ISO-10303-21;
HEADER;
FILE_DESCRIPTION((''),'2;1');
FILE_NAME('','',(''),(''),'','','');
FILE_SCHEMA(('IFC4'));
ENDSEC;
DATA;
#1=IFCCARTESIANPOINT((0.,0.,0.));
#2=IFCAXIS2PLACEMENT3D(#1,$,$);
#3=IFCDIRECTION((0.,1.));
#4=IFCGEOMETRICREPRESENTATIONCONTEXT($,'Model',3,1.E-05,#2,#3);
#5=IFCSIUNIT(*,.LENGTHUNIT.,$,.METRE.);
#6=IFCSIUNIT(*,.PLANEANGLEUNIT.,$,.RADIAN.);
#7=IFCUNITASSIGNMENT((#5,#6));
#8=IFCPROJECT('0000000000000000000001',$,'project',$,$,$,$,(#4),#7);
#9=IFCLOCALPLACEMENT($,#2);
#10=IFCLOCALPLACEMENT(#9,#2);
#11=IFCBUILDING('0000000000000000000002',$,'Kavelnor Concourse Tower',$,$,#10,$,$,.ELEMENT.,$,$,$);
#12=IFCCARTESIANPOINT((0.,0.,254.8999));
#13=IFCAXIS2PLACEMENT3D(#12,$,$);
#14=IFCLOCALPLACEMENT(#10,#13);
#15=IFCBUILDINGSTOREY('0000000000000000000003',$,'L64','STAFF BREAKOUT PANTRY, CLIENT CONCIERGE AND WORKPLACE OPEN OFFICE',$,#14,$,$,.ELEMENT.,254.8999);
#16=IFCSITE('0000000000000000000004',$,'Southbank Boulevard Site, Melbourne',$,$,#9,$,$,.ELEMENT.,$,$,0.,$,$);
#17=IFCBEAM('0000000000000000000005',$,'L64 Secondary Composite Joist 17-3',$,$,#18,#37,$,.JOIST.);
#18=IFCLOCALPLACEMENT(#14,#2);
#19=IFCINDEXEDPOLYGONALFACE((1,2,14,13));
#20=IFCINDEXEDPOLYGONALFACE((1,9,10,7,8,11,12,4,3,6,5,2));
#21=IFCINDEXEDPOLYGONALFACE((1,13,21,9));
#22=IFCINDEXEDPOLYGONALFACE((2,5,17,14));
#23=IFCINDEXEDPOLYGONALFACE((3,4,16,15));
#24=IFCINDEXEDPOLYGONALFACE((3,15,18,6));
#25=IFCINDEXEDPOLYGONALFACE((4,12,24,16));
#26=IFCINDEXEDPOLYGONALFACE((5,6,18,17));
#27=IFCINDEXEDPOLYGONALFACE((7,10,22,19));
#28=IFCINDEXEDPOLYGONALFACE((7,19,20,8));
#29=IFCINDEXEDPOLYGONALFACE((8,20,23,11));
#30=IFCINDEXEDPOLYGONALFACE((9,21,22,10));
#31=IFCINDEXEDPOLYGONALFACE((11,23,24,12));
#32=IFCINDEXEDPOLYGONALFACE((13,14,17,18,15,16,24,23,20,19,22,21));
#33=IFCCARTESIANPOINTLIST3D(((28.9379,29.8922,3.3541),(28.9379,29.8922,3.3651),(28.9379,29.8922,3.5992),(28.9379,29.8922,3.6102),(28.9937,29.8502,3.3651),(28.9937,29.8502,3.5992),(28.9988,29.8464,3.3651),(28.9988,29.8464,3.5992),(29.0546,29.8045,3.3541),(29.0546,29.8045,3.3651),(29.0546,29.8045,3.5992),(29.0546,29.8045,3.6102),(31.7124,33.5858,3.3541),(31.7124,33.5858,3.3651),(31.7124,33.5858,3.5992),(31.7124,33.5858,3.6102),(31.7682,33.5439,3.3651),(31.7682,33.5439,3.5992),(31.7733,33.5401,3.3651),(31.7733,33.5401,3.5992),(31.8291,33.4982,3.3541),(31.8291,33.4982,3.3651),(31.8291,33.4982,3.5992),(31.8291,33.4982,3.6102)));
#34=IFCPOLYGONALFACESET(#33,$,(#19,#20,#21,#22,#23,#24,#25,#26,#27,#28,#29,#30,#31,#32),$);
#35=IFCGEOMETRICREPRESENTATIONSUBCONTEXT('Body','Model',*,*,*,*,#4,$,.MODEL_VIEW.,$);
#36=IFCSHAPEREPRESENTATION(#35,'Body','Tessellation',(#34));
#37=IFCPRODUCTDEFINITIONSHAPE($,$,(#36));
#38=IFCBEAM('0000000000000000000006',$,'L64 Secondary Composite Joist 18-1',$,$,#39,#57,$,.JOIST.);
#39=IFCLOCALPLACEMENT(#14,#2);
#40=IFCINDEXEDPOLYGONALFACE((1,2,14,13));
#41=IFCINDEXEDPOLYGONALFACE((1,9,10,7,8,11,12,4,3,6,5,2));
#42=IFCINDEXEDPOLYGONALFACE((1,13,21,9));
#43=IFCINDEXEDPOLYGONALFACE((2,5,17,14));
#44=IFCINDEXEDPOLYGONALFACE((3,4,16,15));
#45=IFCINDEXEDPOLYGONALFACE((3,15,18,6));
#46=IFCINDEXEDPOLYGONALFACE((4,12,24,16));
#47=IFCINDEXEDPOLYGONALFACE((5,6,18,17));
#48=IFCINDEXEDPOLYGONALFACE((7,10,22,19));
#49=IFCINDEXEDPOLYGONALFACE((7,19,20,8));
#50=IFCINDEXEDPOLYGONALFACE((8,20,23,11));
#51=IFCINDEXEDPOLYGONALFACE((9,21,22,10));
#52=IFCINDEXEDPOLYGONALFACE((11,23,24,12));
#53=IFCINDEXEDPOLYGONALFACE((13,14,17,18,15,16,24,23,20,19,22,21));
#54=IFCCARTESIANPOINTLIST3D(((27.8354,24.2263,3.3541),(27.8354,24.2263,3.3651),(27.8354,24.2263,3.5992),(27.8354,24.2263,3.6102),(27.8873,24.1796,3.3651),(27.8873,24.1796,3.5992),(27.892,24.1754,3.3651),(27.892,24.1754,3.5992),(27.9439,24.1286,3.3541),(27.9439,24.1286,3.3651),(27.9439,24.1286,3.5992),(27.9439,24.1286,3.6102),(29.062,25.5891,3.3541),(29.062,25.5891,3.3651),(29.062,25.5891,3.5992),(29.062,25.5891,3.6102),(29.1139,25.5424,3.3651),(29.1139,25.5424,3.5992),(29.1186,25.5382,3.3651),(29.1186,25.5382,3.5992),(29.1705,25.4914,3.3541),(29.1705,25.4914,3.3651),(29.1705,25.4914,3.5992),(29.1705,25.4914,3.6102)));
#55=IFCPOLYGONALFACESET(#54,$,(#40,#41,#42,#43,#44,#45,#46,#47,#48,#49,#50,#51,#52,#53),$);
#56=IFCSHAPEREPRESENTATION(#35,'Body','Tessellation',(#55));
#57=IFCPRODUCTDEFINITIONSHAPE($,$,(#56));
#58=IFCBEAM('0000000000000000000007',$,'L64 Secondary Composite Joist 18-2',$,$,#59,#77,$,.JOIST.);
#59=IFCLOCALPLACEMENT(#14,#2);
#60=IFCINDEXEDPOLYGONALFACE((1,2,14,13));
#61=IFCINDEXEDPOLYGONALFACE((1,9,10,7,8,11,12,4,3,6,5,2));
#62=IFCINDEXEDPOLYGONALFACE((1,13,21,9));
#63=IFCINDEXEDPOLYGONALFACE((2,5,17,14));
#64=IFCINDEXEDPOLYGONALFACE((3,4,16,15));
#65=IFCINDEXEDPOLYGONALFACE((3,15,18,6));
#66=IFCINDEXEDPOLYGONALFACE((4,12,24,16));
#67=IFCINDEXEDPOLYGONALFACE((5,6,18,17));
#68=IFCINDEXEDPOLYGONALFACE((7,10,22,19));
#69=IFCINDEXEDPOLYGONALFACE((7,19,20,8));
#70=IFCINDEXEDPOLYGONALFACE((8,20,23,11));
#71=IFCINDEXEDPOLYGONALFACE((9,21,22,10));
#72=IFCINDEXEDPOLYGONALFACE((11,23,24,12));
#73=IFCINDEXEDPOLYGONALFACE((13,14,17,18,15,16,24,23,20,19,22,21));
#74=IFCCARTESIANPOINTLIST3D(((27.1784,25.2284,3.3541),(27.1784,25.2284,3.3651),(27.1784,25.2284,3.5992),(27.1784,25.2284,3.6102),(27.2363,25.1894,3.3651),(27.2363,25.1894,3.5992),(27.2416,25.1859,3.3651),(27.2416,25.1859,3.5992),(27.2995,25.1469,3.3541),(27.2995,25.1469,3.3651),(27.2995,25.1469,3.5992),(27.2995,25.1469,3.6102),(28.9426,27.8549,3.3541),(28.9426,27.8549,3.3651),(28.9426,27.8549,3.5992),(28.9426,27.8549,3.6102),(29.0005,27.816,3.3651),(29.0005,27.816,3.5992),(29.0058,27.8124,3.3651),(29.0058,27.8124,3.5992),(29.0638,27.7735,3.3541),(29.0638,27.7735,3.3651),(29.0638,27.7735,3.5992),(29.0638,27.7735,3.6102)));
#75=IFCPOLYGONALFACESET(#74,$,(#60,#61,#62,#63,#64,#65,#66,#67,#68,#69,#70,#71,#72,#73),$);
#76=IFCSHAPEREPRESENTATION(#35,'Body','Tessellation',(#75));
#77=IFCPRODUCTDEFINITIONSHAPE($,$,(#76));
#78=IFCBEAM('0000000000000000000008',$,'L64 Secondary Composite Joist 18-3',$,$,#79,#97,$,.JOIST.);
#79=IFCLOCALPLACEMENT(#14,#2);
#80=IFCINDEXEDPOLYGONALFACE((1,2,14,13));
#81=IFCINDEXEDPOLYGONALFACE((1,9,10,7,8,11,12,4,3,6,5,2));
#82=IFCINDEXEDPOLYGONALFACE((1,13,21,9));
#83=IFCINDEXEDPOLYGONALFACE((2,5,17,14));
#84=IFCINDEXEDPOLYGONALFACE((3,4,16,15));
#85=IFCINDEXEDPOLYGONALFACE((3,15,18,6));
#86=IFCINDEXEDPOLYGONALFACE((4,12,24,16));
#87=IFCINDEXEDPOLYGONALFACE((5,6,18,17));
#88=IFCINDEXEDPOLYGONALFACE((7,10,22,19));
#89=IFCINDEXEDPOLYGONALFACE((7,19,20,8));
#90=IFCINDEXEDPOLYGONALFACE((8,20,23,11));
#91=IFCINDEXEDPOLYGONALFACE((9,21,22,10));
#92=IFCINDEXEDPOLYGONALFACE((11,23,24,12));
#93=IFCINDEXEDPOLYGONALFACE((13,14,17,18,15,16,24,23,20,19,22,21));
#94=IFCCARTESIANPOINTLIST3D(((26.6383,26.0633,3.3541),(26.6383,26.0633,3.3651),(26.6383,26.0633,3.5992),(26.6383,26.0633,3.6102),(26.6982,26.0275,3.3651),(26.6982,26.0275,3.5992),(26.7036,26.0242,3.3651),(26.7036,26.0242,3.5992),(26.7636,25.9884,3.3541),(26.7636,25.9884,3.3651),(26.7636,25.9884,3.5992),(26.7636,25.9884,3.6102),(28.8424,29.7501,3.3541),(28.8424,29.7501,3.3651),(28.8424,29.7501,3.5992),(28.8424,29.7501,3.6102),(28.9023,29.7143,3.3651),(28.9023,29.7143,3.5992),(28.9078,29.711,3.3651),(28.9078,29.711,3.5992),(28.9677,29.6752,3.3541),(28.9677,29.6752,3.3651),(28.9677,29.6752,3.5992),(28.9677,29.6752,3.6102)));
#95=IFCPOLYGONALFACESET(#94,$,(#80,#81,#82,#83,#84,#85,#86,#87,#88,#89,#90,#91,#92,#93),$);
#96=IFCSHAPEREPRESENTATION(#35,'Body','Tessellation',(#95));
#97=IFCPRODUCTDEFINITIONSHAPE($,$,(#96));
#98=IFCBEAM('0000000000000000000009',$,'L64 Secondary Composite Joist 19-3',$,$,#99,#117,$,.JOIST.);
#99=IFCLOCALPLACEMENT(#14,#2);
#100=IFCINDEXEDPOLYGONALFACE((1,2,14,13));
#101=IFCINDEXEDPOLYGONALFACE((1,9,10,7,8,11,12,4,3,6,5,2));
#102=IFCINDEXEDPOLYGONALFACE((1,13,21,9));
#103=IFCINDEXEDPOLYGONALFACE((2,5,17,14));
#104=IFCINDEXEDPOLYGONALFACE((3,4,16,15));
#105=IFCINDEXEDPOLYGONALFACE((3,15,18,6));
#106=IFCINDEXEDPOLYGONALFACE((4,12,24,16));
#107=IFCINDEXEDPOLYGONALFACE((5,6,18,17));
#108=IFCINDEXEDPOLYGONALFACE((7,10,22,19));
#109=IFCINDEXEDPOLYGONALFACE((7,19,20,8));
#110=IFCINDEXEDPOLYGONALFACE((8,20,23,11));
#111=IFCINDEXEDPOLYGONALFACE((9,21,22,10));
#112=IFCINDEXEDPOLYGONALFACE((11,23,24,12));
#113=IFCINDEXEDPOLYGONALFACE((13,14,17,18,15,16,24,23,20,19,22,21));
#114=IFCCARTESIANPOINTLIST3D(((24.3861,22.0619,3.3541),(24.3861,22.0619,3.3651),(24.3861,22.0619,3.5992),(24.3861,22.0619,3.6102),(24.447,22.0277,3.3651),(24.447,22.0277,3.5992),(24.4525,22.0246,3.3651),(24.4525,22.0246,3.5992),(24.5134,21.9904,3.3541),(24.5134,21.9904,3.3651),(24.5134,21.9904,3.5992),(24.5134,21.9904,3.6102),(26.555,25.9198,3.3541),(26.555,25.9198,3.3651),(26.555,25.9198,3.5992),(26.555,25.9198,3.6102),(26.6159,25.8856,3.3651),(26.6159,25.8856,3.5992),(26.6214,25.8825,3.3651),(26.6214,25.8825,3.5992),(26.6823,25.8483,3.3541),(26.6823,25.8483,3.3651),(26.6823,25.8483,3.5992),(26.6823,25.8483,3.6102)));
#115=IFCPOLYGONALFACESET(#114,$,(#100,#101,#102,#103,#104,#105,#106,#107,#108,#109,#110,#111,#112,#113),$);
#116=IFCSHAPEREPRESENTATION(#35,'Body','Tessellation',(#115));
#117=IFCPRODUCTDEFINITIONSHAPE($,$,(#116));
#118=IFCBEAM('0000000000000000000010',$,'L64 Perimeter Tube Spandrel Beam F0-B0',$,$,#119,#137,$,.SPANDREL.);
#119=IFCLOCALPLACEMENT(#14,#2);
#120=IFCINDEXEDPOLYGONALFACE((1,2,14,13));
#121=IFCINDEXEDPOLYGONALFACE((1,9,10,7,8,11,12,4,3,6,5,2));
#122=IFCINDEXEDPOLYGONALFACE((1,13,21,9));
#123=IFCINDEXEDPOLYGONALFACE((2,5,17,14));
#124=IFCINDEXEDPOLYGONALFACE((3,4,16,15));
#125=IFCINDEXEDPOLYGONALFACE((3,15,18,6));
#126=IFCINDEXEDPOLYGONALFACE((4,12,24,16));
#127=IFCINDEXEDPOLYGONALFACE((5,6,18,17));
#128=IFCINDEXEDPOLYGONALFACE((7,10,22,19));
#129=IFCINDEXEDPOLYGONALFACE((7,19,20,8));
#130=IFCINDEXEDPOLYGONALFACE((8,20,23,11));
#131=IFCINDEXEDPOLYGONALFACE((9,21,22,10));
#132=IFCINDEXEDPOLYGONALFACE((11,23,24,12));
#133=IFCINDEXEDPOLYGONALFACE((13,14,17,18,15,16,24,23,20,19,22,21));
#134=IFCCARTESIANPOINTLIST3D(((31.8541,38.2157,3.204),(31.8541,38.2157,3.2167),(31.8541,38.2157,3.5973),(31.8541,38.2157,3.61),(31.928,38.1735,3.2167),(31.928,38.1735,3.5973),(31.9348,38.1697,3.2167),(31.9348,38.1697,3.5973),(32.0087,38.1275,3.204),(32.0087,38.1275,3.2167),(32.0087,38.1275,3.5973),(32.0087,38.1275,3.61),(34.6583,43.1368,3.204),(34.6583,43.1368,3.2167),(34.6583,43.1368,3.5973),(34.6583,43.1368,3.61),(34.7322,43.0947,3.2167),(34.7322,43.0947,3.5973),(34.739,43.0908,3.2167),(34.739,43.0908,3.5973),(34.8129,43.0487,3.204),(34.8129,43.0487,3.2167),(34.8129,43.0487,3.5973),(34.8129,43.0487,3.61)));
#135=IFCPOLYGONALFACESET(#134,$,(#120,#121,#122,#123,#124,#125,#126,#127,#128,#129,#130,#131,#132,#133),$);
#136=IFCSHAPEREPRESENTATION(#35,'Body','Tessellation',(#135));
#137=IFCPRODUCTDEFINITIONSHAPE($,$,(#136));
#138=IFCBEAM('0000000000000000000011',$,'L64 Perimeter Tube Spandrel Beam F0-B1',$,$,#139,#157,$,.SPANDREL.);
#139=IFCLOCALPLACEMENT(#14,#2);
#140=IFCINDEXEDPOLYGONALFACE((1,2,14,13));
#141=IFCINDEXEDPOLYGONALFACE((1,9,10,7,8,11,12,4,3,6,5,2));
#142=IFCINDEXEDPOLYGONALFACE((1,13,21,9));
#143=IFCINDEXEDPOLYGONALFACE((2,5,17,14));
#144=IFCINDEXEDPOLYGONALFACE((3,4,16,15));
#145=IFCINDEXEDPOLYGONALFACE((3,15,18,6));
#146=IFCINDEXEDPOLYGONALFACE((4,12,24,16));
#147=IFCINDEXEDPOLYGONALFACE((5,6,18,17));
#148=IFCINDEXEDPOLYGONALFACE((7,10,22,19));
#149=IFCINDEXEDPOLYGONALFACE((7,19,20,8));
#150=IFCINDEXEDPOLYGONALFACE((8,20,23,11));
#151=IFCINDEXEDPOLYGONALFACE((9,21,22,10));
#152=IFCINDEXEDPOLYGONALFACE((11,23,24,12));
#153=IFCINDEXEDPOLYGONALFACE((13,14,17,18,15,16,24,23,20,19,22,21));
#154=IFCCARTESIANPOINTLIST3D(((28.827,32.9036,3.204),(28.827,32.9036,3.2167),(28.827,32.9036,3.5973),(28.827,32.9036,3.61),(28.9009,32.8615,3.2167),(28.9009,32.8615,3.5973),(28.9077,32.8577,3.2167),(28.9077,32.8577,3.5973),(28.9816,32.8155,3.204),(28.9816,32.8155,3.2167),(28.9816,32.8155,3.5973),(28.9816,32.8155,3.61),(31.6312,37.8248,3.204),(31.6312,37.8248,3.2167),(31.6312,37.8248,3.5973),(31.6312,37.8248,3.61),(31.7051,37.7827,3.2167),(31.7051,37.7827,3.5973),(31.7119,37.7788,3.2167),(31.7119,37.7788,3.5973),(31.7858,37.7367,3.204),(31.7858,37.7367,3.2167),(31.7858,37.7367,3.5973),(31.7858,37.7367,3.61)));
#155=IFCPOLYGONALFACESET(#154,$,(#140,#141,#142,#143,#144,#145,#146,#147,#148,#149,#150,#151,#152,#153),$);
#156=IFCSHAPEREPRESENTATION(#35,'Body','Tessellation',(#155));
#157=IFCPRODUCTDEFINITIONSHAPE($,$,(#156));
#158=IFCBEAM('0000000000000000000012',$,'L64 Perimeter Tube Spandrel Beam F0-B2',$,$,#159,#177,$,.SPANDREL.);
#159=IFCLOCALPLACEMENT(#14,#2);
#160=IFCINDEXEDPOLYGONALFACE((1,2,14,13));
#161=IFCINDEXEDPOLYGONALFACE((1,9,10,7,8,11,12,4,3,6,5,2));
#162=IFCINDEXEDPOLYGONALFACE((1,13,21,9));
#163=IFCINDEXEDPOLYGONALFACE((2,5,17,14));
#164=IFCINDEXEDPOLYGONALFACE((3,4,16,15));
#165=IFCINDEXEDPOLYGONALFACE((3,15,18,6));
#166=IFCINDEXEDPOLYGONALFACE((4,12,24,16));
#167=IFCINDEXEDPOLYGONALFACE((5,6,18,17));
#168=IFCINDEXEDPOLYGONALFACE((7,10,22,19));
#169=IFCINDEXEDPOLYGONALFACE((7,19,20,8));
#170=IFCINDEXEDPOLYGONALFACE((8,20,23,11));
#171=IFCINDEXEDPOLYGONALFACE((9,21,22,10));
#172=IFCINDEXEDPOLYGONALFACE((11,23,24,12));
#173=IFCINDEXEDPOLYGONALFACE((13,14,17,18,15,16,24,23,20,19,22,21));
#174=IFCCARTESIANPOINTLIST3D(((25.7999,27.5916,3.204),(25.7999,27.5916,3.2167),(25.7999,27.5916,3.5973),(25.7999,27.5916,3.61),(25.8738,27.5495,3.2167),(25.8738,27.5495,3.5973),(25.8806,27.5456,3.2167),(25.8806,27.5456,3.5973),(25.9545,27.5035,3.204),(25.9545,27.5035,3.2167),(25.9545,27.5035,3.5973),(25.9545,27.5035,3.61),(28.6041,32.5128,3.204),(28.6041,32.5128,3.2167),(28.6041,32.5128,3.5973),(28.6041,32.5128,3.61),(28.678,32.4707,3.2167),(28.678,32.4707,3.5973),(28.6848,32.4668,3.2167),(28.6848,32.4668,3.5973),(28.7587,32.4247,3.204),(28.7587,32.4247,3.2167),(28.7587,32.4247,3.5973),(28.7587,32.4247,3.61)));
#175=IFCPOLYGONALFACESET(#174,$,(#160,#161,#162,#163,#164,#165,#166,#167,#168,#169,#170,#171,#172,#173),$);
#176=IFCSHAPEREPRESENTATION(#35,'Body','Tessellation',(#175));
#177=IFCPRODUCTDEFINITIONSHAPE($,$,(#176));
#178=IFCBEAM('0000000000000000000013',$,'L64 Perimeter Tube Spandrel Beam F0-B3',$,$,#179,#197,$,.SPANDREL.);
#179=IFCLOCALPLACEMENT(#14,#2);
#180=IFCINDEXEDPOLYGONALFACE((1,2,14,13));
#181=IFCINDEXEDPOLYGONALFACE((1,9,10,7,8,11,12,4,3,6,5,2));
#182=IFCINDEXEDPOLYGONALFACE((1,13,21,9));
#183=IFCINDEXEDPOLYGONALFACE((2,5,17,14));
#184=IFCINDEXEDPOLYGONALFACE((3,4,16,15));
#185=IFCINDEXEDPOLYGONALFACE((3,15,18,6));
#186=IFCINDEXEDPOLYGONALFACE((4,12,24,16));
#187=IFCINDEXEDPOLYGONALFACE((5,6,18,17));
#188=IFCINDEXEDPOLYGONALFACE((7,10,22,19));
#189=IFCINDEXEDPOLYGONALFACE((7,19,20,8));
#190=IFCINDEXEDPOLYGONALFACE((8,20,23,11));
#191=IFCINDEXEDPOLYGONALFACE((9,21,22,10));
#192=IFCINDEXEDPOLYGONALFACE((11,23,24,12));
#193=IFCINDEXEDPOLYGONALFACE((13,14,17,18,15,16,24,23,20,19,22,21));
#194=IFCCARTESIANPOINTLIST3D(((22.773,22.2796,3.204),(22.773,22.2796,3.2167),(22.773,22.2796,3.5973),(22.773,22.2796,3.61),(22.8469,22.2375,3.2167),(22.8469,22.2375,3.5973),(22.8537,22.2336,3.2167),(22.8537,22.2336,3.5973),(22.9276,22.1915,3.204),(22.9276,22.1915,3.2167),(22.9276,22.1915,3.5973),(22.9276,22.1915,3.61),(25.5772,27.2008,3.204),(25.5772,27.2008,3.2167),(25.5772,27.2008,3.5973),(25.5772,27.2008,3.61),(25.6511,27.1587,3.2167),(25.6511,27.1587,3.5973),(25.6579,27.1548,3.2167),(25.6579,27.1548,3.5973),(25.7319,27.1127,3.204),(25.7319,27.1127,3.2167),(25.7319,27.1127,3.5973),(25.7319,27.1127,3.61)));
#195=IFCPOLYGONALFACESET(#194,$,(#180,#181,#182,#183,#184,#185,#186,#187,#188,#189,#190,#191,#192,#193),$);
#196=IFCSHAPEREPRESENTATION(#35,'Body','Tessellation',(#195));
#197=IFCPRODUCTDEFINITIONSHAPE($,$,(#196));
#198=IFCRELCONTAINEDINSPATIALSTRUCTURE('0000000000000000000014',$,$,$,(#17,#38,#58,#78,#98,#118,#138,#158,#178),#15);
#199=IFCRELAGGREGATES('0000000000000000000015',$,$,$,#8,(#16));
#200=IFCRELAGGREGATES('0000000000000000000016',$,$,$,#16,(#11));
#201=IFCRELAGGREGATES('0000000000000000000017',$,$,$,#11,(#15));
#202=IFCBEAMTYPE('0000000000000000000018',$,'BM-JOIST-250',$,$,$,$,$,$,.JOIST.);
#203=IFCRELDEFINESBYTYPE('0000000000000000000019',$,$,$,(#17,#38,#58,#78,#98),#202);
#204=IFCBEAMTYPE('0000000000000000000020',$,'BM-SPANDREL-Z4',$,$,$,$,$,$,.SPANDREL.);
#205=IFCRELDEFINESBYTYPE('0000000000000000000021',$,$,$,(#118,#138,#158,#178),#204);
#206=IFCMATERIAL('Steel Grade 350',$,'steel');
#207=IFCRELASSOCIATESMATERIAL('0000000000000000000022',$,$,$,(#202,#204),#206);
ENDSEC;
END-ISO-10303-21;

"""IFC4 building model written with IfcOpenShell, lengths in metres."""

from ifc_helpers import new_model, si_unit, direction, frame, origin, origin_2d, place, context, subcontext, project, spatial, i_section, extrude, material, material_profile, profile_set, type_object, element, save


model = new_model("IFC4")

# Units and contexts
model_context = context("Model", 3, precision=1e-05, world=origin(), true_north=direction((0.0, 1.0)))
body_context = subcontext(model_context, "Body", "Model", "MODEL_VIEW")
ifc_project = project(units=[si_unit("LENGTHUNIT", "METRE"), si_unit("PLANEANGLEUNIT", "RADIAN")], contexts=[model_context])

# Site, building, storey
site_placement = place(None, origin())
site = spatial("IfcSite", under=ifc_project, at=site_placement, Name="Southbank Boulevard Site, Melbourne", CompositionType="ELEMENT", RefElevation=0.0)
building_placement = place(site_placement, origin())
building = spatial("IfcBuilding", under=site, at=building_placement, Name="Kavelnor Concourse Tower", CompositionType="ELEMENT")
storey_placement = place(building_placement, frame((0.0, 0.0, 254.8999)))
storey = spatial("IfcBuildingStorey", under=building, at=storey_placement, Name="L64", Description="STAFF BREAKOUT PANTRY, CLIENT CONCIERGE AND WORKPLACE OPEN OFFICE", CompositionType="ELEMENT", Elevation=254.8999)

# Shared definitions
ifc_material_1 = material(Name="Steel Grade 350", Category="steel")

# Beams
ifc_material_profile_1 = material_profile(ifc_material_1, i_section(OverallWidth=0.146, OverallDepth=0.2561, WebThickness=0.0063, FlangeThickness=0.011, at=origin_2d()), Name="250UB37")
ifc_profile_set_1 = profile_set([ifc_material_profile_1], Name="Steel Grade 350")
beam_type_1 = type_object("IfcBeamType", Name="BM-JOIST-250", PredefinedType="JOIST", material=ifc_profile_set_1)
beam_1_placement = place(storey_placement, frame((31.7708, 33.542, 3.4822), z_axis=(-0.600583, -0.799562, 0.0), x_axis=(0.799562, -0.600583, 0.0)))
element("IfcBeam", 1, at=beam_1_placement, inside=storey, type_object=beam_type_1, Name="L64 Secondary Composite Joist 17-3", PredefinedType="JOIST", context=body_context, shape_type="SweptSolid", body=[
    extrude(i_section(OverallWidth=0.146, OverallDepth=0.2561, WebThickness=0.0063, FlangeThickness=0.011, at=origin_2d()), origin(), (0.0, 0.0, 1.0), 4.6196),
])
beam_2_placement = place(storey_placement, frame((29.1162, 25.5403, 3.4822), z_axis=(-0.668979, -0.743281, 0.0), x_axis=(0.743281, -0.668979, 0.0)))
element("IfcBeam", 2, at=beam_2_placement, inside=storey, type_object=beam_type_1, Name="L64 Secondary Composite Joist 18-1", PredefinedType="JOIST", context=body_context, shape_type="SweptSolid", body=[
    extrude(i_section(OverallWidth=0.146, OverallDepth=0.2561, WebThickness=0.0063, FlangeThickness=0.011, at=origin_2d()), origin(), (0.0, 0.0, 1.0), 1.8335),
])
beam_3_placement = place(storey_placement, frame((29.0032, 27.8142, 3.4822), z_axis=(-0.557582, -0.830122, 0.0), x_axis=(0.830122, -0.557582, 0.0)))
element("IfcBeam", 3, at=beam_3_placement, inside=storey, type_object=beam_type_1, Name="L64 Secondary Composite Joist 18-2", PredefinedType="JOIST", context=body_context, shape_type="SweptSolid", body=[
    extrude(i_section(OverallWidth=0.146, OverallDepth=0.2561, WebThickness=0.0063, FlangeThickness=0.011, at=origin_2d()), origin(), (0.0, 0.0, 1.0), 3.1641),
])
beam_4_placement = place(storey_placement, frame((28.905, 29.7126, 3.4822), z_axis=(-0.513133, -0.858309, 0.0), x_axis=(0.858309, -0.513133, 0.0)))
element("IfcBeam", 4, at=beam_4_placement, inside=storey, type_object=beam_type_1, Name="L64 Secondary Composite Joist 18-3", PredefinedType="JOIST", context=body_context, shape_type="SweptSolid", body=[
    extrude(i_section(OverallWidth=0.146, OverallDepth=0.2561, WebThickness=0.0063, FlangeThickness=0.011, at=origin_2d()), origin(), (0.0, 0.0, 1.0), 4.2954),
])
beam_5_placement = place(storey_placement, frame((26.6187, 25.884, 3.4822), z_axis=(-0.490067, -0.871685, 0.0), x_axis=(0.871685, -0.490067, 0.0)))
element("IfcBeam", 5, at=beam_5_placement, inside=storey, type_object=beam_type_1, Name="L64 Secondary Composite Joist 19-3", PredefinedType="JOIST", context=body_context, shape_type="SweptSolid", body=[
    extrude(i_section(OverallWidth=0.146, OverallDepth=0.2561, WebThickness=0.0063, FlangeThickness=0.011, at=origin_2d()), origin(), (0.0, 0.0, 1.0), 4.4258),
])
ifc_material_profile_2 = material_profile(ifc_material_1, i_section(OverallWidth=0.178, OverallDepth=0.406, WebThickness=0.0078, FlangeThickness=0.0127, at=origin_2d()), Name="410UB59")
ifc_profile_set_2 = profile_set([ifc_material_profile_2], Name="Steel Grade 350")
beam_type_2 = type_object("IfcBeamType", Name="BM-SPANDREL-Z4", PredefinedType="SPANDREL", material=ifc_profile_set_2)
for number, where, z_axis, x_axis, name in (
    (6, (34.7356, 43.0928, 3.407), (-0.495089, -0.868842, 0.0), (0.868842, -0.495089, 0.0), "L64 Perimeter Tube Spandrel Beam F0-B0"),
    (7, (31.7085, 37.7808, 3.407), (-0.495089, -0.868842, 0.0), (0.868842, -0.495089, 0.0), "L64 Perimeter Tube Spandrel Beam F0-B1"),
    (8, (28.6814, 32.4688, 3.407), (-0.495089, -0.868842, 0.0), (0.868842, -0.495089, 0.0), "L64 Perimeter Tube Spandrel Beam F0-B2"),
    (9, (25.6545, 27.1567, 3.407), (-0.495089, -0.868842, 0.0), (0.868842, -0.495089, 0.0), "L64 Perimeter Tube Spandrel Beam F0-B3"),
):
    element("IfcBeam", number, at=place(storey_placement, frame(where, z_axis=z_axis, x_axis=x_axis)), inside=storey, type_object=beam_type_2, Name=name, PredefinedType="SPANDREL", context=body_context, shape_type="SweptSolid", body=[
        extrude(i_section(OverallWidth=0.178, OverallDepth=0.406, WebThickness=0.0078, FlangeThickness=0.0127, at=origin_2d()), origin(), (0.0, 0.0, 1.0), 5.6641),
    ])

save(model, "model.ifc")
